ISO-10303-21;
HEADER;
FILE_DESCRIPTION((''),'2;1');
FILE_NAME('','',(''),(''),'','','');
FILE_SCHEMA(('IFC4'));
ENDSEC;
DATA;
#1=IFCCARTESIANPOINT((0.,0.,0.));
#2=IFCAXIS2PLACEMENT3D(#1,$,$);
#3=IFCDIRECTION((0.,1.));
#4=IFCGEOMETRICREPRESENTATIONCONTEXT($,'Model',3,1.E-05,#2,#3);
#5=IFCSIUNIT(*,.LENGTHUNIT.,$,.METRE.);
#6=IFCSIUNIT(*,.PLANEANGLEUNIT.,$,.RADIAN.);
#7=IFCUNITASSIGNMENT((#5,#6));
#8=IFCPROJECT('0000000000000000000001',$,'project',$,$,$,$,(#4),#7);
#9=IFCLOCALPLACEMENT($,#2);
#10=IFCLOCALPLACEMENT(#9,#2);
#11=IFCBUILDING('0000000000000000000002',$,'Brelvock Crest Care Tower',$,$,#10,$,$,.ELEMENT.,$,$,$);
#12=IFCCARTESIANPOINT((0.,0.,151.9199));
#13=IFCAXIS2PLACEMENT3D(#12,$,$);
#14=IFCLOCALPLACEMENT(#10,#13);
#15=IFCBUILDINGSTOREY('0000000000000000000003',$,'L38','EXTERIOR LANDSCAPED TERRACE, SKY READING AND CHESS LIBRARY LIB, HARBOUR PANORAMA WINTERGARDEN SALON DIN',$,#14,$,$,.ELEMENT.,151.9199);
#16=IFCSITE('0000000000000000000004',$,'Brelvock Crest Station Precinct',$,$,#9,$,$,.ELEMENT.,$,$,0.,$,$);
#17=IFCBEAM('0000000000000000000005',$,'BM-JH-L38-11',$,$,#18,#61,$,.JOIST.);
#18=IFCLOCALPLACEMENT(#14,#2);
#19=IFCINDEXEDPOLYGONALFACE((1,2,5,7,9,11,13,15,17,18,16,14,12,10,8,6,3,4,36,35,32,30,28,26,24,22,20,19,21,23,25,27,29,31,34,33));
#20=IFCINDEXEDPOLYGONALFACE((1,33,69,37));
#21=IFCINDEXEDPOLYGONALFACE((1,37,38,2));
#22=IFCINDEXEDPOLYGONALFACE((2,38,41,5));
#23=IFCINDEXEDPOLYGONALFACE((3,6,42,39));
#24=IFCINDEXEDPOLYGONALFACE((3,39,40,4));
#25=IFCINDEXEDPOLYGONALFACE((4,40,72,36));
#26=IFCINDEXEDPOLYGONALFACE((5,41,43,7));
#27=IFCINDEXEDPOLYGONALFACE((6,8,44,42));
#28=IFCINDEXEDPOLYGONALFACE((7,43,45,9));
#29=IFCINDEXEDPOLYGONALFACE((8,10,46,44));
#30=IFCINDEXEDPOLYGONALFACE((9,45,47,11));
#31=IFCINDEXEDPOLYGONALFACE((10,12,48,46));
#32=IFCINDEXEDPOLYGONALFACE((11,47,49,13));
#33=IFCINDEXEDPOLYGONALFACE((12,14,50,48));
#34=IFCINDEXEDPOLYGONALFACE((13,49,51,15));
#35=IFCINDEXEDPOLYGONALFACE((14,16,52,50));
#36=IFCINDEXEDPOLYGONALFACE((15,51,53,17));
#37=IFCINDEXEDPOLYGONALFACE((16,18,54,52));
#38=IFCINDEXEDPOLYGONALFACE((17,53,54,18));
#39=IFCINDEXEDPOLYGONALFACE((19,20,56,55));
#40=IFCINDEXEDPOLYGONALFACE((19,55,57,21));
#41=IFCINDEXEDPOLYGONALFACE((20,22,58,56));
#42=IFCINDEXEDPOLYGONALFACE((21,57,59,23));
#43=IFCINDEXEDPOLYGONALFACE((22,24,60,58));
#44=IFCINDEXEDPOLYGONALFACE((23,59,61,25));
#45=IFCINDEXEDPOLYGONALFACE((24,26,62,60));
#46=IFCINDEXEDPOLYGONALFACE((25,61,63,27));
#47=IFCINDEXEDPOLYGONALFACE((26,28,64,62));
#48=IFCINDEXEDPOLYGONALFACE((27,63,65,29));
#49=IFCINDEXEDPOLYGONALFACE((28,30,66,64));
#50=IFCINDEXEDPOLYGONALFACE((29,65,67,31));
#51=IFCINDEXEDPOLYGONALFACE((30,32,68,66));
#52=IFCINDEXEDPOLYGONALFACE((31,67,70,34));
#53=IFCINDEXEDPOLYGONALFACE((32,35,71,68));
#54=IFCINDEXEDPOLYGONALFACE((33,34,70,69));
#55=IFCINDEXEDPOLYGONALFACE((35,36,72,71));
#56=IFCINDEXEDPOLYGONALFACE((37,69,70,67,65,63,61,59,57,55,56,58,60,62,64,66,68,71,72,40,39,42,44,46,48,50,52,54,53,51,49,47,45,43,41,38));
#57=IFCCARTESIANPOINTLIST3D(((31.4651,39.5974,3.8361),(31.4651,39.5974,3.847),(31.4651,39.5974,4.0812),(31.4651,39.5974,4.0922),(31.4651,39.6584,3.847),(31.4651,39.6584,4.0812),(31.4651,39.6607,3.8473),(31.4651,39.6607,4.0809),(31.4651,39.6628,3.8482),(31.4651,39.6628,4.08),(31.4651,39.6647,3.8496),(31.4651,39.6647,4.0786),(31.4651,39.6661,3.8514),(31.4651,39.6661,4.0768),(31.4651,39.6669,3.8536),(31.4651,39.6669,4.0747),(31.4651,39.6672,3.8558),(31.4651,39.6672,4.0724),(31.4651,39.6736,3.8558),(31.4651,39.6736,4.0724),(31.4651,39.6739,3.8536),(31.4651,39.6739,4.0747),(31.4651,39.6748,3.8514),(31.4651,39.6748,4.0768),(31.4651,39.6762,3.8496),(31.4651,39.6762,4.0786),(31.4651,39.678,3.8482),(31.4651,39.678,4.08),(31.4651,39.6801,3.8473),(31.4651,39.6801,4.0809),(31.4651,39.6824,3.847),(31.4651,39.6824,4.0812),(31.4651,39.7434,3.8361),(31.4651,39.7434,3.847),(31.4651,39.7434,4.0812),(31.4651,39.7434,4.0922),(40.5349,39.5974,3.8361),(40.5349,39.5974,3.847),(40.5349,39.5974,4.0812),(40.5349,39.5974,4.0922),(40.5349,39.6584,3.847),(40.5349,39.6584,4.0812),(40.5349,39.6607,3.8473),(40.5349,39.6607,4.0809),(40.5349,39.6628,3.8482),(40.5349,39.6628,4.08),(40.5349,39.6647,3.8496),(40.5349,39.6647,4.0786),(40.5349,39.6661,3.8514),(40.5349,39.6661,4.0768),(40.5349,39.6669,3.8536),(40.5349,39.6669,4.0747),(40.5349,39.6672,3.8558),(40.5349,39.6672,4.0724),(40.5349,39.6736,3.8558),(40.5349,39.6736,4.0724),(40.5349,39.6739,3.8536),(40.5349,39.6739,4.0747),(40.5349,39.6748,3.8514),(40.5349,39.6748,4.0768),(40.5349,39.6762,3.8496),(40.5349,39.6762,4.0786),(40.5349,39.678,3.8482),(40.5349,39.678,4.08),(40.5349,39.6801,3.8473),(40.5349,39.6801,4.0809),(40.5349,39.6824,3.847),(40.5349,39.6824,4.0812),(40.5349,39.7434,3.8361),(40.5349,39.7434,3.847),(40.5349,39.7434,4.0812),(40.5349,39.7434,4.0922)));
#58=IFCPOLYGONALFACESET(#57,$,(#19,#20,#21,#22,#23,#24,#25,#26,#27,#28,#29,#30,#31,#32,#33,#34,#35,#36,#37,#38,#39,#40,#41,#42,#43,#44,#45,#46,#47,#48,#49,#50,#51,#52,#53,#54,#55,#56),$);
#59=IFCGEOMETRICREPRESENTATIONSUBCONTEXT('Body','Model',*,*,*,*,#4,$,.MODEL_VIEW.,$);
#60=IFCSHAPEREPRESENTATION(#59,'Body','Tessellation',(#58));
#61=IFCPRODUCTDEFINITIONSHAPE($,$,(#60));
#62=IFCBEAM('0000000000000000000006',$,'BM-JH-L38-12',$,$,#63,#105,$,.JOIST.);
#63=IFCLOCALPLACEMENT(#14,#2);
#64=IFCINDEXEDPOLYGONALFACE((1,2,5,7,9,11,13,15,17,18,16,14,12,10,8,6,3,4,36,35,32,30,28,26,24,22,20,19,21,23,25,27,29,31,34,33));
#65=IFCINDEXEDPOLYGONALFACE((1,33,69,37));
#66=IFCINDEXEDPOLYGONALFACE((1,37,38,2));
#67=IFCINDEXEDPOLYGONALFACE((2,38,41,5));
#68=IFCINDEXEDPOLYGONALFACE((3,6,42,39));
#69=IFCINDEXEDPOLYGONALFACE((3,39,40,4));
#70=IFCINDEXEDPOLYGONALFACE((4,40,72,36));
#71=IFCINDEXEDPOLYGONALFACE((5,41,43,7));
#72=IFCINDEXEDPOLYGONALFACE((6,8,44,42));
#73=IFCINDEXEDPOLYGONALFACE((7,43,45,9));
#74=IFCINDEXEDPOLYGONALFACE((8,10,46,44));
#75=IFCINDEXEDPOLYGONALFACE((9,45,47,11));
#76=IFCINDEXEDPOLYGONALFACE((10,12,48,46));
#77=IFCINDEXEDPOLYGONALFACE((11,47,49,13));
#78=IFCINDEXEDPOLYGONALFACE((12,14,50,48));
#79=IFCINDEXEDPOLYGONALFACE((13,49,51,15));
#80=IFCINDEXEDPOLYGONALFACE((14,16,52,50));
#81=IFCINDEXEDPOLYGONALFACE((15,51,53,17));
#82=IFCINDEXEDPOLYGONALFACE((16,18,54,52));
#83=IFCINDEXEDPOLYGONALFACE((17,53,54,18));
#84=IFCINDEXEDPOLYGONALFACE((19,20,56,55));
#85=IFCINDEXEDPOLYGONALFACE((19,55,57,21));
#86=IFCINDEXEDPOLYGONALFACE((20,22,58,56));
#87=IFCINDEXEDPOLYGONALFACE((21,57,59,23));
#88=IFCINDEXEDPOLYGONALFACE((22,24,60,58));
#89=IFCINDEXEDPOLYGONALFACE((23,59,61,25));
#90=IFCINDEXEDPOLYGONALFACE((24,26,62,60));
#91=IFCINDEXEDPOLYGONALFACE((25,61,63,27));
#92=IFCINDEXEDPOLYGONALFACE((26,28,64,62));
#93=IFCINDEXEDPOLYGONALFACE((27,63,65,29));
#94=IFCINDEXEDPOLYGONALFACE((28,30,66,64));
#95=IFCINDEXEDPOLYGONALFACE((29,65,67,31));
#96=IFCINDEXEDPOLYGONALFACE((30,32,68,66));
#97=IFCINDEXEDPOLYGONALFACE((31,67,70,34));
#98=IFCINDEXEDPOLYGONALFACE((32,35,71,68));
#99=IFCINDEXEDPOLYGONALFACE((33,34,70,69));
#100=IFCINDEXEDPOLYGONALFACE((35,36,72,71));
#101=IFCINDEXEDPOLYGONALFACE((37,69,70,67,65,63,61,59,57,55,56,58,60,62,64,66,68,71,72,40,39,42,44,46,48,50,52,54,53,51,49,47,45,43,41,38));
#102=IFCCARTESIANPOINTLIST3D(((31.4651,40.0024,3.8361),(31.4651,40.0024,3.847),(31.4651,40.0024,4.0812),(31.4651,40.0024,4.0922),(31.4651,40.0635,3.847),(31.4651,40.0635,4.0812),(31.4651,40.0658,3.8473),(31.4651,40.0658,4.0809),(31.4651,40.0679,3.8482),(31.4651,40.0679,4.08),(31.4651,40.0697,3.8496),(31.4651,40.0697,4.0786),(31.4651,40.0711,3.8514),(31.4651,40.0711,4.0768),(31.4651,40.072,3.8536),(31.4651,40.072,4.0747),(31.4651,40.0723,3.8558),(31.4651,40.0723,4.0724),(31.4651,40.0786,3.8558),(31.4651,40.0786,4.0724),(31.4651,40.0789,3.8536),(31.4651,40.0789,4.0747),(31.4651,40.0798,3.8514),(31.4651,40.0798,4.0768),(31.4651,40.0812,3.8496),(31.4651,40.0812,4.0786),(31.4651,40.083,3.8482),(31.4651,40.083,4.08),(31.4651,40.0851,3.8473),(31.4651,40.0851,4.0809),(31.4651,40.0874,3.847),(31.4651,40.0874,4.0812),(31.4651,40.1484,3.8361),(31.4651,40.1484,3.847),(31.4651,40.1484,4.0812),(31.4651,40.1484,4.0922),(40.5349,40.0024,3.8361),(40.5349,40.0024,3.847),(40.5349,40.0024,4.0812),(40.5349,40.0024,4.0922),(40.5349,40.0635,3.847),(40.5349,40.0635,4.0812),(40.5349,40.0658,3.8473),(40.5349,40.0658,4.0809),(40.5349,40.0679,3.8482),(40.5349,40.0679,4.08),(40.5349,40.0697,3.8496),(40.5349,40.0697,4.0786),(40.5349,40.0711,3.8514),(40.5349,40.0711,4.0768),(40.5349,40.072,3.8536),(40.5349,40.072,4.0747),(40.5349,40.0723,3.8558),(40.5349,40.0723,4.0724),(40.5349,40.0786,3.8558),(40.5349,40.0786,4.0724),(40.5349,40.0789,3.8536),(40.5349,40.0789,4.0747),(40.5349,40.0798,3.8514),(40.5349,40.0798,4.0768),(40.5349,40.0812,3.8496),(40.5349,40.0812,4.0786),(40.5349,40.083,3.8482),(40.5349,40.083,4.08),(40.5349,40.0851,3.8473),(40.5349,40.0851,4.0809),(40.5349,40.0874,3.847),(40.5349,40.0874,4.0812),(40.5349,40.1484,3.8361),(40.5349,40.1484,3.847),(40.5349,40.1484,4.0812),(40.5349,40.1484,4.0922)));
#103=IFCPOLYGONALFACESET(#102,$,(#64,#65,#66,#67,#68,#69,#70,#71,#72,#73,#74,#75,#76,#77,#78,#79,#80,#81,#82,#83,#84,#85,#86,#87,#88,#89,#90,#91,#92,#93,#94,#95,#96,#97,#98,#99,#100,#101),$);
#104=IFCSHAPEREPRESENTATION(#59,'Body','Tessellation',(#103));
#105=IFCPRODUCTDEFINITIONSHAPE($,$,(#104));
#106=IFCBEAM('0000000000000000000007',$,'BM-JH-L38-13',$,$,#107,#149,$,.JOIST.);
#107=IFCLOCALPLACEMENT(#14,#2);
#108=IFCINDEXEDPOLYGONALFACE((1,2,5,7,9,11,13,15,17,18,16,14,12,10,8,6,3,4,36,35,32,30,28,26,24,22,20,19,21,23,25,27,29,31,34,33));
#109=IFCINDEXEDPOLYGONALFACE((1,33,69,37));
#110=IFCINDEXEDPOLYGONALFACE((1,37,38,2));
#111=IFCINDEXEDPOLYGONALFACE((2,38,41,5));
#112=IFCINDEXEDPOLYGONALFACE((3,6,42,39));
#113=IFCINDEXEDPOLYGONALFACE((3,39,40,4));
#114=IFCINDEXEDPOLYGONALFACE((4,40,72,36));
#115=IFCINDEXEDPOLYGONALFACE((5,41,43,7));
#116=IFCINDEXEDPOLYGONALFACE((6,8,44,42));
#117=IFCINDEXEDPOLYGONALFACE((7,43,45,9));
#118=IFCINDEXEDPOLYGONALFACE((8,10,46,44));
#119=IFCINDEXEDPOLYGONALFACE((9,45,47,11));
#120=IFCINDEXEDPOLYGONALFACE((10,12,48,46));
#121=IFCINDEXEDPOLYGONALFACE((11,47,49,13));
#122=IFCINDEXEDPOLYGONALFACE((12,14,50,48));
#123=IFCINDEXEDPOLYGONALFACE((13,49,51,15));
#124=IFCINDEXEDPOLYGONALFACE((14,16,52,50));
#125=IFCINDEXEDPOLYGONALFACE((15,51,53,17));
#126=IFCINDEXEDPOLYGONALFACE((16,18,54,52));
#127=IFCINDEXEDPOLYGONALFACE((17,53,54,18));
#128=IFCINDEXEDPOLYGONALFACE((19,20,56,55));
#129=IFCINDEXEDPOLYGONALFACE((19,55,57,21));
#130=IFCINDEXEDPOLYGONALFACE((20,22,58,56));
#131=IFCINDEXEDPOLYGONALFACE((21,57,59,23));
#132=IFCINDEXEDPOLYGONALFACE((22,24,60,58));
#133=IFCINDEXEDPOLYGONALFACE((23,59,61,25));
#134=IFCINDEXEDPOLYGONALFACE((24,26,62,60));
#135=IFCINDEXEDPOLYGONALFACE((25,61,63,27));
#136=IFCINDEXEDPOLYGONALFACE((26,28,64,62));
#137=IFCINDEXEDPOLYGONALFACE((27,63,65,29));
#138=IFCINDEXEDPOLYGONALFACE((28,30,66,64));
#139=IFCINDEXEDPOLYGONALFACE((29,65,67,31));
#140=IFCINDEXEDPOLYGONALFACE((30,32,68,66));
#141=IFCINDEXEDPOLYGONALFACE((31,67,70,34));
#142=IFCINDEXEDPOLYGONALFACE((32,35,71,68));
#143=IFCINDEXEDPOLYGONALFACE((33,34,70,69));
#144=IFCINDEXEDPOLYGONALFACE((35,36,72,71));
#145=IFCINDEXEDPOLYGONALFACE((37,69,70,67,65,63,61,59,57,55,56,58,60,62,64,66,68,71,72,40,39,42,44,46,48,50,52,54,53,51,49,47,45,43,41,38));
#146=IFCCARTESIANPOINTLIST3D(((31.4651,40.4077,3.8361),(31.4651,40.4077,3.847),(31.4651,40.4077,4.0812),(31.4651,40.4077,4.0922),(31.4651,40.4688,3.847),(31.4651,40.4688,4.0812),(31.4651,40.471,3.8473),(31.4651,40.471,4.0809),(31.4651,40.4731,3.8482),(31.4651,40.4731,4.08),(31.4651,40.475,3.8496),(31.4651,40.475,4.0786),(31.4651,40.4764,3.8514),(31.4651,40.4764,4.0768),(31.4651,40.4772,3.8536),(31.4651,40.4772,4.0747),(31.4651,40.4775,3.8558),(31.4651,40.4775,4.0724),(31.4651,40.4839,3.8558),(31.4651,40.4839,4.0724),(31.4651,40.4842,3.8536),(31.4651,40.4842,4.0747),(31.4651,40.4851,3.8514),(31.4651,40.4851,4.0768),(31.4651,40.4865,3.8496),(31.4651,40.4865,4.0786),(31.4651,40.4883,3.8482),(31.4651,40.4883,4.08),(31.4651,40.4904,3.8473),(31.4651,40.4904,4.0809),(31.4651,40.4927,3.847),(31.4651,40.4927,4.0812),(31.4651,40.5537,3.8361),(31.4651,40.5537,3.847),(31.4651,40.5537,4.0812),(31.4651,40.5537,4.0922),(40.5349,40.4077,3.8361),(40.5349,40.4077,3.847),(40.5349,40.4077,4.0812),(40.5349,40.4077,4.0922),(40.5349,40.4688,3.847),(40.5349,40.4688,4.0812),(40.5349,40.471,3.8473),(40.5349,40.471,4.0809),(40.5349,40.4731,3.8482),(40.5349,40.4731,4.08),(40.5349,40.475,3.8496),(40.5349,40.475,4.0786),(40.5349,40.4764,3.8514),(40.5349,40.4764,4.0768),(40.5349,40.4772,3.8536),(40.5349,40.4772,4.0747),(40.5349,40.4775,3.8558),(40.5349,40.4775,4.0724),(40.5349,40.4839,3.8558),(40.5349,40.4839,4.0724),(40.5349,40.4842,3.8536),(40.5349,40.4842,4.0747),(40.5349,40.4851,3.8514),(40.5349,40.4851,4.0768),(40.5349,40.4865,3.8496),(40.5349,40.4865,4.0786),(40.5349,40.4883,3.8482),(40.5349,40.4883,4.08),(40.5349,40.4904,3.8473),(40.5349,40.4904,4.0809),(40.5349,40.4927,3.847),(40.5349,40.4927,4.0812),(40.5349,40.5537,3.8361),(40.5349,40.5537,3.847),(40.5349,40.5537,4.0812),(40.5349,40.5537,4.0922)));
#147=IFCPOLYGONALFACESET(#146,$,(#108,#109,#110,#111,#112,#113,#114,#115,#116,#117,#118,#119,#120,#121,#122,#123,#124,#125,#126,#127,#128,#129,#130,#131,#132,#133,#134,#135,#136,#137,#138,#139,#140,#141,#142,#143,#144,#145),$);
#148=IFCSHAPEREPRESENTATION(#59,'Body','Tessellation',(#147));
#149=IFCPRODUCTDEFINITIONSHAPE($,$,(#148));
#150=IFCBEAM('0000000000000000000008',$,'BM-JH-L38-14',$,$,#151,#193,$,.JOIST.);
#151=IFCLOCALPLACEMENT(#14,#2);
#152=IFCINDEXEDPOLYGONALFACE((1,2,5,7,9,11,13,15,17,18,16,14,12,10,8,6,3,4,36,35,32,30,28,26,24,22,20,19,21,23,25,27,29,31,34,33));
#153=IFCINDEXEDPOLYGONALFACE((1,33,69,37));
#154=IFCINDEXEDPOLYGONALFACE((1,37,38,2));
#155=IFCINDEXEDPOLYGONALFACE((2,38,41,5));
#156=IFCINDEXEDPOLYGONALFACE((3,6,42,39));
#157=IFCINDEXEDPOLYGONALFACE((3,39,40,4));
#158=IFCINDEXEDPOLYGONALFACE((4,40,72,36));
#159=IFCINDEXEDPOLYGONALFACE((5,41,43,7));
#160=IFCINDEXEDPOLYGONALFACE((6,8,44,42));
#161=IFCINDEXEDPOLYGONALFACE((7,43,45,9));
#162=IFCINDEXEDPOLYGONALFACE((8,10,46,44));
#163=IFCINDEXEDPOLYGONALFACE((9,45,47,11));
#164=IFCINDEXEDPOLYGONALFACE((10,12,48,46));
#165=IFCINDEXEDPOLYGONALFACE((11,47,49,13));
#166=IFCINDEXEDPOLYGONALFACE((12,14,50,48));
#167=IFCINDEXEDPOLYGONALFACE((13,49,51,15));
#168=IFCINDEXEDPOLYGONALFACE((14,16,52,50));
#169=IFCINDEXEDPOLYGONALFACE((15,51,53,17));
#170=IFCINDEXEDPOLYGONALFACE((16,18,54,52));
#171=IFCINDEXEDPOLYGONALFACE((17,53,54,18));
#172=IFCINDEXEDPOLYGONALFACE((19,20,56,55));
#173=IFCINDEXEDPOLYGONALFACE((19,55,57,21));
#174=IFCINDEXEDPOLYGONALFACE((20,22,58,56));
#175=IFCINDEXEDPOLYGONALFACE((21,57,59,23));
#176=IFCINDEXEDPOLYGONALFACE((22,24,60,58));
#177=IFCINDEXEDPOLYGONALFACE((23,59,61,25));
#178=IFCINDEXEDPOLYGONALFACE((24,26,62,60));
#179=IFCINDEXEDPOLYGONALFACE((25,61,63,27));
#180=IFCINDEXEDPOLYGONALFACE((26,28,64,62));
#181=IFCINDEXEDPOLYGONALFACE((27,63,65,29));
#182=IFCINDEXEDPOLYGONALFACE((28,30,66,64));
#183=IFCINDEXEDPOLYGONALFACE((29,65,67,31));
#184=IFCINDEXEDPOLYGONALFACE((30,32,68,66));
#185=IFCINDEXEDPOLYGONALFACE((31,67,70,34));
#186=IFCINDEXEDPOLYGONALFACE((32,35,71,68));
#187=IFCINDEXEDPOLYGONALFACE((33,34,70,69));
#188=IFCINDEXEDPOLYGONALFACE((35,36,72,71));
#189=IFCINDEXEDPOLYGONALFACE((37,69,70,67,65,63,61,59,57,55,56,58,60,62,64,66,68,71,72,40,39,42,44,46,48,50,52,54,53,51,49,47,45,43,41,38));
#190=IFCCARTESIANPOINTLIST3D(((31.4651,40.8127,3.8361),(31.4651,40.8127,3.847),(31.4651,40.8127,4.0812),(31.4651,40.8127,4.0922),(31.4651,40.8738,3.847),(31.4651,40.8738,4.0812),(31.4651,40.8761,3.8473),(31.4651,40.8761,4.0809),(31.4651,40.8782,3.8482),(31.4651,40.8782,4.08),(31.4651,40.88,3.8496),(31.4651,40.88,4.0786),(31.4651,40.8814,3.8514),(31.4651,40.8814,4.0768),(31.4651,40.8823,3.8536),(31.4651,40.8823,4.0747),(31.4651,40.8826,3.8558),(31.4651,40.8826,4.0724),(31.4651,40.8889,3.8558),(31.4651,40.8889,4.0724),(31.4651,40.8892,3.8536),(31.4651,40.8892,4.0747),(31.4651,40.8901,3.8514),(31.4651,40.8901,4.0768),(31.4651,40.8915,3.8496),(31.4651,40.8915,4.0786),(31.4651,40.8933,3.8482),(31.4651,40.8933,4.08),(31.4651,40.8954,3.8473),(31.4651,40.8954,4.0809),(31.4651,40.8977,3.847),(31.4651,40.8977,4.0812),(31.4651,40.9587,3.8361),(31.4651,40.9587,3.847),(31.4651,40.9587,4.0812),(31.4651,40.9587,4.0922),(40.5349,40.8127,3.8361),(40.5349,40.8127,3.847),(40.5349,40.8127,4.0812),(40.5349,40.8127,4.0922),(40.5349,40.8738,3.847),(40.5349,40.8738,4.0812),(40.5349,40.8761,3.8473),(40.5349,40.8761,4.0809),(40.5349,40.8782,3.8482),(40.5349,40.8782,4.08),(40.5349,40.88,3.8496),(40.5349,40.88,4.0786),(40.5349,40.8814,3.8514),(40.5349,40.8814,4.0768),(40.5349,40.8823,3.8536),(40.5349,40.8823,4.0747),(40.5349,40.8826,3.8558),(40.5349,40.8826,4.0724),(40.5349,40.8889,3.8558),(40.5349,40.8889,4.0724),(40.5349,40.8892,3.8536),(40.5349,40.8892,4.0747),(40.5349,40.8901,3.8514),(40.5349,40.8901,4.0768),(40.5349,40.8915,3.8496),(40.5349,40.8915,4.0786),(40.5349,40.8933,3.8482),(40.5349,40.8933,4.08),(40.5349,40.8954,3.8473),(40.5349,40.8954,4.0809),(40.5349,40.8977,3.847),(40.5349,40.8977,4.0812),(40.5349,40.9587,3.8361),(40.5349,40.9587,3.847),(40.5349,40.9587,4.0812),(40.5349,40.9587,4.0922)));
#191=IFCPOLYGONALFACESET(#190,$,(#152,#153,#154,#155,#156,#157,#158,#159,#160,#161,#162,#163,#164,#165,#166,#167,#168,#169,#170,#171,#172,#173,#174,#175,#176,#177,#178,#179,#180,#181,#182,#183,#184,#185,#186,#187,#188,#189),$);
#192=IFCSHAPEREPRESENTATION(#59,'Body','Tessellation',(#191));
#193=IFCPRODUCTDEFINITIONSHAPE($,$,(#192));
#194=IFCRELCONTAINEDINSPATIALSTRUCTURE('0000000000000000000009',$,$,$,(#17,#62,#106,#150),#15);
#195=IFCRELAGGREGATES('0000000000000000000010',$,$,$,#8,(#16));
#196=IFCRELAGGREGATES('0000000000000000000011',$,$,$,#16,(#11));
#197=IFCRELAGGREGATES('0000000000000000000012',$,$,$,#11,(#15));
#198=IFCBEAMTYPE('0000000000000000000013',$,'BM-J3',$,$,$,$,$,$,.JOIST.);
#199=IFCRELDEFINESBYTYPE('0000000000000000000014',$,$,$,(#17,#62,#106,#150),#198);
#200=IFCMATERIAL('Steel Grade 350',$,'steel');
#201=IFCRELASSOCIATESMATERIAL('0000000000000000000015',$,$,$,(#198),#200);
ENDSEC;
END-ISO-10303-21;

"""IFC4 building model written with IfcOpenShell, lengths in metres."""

from ifc_helpers import new_model, si_unit, direction, frame, origin, origin_2d, place, context, subcontext, project, spatial, i_section, extrude, source, transform, mapped, material, material_profile, profile_set, type_object, element, save


model = new_model("IFC4")

# Units and contexts
model_context = context("Model", 3, precision=1e-05, world=origin(), true_north=direction((0.0, 1.0)))
body_context = subcontext(model_context, "Body", "Model", "MODEL_VIEW")
ifc_project = project(units=[si_unit("LENGTHUNIT", "METRE"), si_unit("PLANEANGLEUNIT", "RADIAN")], contexts=[model_context])

# Site, building, storey
site_placement = place(None, origin())
site = spatial("IfcSite", under=ifc_project, at=site_placement, Name="Brelvock Crest Station Precinct", CompositionType="ELEMENT", RefElevation=0.0)
building_placement = place(site_placement, origin())
building = spatial("IfcBuilding", under=site, at=building_placement, Name="Brelvock Crest Care Tower", CompositionType="ELEMENT")
storey_placement = place(building_placement, frame((0.0, 0.0, 151.9199)))
storey = spatial("IfcBuildingStorey", under=building, at=storey_placement, Name="L38", Description="EXTERIOR LANDSCAPED TERRACE, SKY READING AND CHESS LIBRARY LIB, HARBOUR PANORAMA WINTERGARDEN SALON DIN", CompositionType="ELEMENT", Elevation=151.9199)

# Beams
ifc_material = material(Name="Steel Grade 350", Category="steel")
ifc_material_profile_1 = material_profile(ifc_material, i_section(OverallWidth=0.146, OverallDepth=0.2561, WebThickness=0.0063, FlangeThickness=0.011, FilletRadius=0.0088, at=origin_2d()), Name="250UB37.3")
ifc_profile_set_1 = profile_set([ifc_material_profile_1], Name="Steel Grade 350")
beam_type_1 = type_object("IfcBeamType", Name="BM-J3", PredefinedType="JOIST", material=ifc_profile_set_1)
shared_shape_1 = source(origin(), body_context, "Body", "SweptSolid", [
    extrude(i_section(OverallWidth=0.146, OverallDepth=0.2561, WebThickness=0.0063, FlangeThickness=0.011, FilletRadius=0.0088, at=origin_2d()), origin(), (0.0, 0.0, 1.0), 9.0698),
])
for number, where, z_axis, x_axis, name in (
    (1, (31.4651, 39.6704, 3.9641), (1.0, 0.0, 0.0), (0.0, 1.0, 0.0), "BM-JH-L38-11"),
    (2, (31.4651, 40.0754, 3.9641), (1.0, 0.0, 0.0), (0.0, 1.0, 0.0), "BM-JH-L38-12"),
    (3, (31.4651, 40.4807, 3.9641), (1.0, 0.0, 0.0), (0.0, 1.0, 0.0), "BM-JH-L38-13"),
    (4, (31.4651, 40.8857, 3.9641), (1.0, 0.0, 0.0), (0.0, 1.0, 0.0), "BM-JH-L38-14"),
):
    element("IfcBeam", number, at=place(storey_placement, frame(where, z_axis=z_axis, x_axis=x_axis)), inside=storey, type_object=beam_type_1, Name=name, PredefinedType="JOIST", context=body_context, shape_type="MappedRepresentation", body=[
        mapped(shared_shape_1, transform((0.0, 0.0, 0.0), x_axis=(1.0, 0.0, 0.0), y_axis=(0.0, 1.0, 0.0), z_axis=(0.0, 0.0, 1.0), scale=1.0)),
    ])

save(model, "model.ifc")
